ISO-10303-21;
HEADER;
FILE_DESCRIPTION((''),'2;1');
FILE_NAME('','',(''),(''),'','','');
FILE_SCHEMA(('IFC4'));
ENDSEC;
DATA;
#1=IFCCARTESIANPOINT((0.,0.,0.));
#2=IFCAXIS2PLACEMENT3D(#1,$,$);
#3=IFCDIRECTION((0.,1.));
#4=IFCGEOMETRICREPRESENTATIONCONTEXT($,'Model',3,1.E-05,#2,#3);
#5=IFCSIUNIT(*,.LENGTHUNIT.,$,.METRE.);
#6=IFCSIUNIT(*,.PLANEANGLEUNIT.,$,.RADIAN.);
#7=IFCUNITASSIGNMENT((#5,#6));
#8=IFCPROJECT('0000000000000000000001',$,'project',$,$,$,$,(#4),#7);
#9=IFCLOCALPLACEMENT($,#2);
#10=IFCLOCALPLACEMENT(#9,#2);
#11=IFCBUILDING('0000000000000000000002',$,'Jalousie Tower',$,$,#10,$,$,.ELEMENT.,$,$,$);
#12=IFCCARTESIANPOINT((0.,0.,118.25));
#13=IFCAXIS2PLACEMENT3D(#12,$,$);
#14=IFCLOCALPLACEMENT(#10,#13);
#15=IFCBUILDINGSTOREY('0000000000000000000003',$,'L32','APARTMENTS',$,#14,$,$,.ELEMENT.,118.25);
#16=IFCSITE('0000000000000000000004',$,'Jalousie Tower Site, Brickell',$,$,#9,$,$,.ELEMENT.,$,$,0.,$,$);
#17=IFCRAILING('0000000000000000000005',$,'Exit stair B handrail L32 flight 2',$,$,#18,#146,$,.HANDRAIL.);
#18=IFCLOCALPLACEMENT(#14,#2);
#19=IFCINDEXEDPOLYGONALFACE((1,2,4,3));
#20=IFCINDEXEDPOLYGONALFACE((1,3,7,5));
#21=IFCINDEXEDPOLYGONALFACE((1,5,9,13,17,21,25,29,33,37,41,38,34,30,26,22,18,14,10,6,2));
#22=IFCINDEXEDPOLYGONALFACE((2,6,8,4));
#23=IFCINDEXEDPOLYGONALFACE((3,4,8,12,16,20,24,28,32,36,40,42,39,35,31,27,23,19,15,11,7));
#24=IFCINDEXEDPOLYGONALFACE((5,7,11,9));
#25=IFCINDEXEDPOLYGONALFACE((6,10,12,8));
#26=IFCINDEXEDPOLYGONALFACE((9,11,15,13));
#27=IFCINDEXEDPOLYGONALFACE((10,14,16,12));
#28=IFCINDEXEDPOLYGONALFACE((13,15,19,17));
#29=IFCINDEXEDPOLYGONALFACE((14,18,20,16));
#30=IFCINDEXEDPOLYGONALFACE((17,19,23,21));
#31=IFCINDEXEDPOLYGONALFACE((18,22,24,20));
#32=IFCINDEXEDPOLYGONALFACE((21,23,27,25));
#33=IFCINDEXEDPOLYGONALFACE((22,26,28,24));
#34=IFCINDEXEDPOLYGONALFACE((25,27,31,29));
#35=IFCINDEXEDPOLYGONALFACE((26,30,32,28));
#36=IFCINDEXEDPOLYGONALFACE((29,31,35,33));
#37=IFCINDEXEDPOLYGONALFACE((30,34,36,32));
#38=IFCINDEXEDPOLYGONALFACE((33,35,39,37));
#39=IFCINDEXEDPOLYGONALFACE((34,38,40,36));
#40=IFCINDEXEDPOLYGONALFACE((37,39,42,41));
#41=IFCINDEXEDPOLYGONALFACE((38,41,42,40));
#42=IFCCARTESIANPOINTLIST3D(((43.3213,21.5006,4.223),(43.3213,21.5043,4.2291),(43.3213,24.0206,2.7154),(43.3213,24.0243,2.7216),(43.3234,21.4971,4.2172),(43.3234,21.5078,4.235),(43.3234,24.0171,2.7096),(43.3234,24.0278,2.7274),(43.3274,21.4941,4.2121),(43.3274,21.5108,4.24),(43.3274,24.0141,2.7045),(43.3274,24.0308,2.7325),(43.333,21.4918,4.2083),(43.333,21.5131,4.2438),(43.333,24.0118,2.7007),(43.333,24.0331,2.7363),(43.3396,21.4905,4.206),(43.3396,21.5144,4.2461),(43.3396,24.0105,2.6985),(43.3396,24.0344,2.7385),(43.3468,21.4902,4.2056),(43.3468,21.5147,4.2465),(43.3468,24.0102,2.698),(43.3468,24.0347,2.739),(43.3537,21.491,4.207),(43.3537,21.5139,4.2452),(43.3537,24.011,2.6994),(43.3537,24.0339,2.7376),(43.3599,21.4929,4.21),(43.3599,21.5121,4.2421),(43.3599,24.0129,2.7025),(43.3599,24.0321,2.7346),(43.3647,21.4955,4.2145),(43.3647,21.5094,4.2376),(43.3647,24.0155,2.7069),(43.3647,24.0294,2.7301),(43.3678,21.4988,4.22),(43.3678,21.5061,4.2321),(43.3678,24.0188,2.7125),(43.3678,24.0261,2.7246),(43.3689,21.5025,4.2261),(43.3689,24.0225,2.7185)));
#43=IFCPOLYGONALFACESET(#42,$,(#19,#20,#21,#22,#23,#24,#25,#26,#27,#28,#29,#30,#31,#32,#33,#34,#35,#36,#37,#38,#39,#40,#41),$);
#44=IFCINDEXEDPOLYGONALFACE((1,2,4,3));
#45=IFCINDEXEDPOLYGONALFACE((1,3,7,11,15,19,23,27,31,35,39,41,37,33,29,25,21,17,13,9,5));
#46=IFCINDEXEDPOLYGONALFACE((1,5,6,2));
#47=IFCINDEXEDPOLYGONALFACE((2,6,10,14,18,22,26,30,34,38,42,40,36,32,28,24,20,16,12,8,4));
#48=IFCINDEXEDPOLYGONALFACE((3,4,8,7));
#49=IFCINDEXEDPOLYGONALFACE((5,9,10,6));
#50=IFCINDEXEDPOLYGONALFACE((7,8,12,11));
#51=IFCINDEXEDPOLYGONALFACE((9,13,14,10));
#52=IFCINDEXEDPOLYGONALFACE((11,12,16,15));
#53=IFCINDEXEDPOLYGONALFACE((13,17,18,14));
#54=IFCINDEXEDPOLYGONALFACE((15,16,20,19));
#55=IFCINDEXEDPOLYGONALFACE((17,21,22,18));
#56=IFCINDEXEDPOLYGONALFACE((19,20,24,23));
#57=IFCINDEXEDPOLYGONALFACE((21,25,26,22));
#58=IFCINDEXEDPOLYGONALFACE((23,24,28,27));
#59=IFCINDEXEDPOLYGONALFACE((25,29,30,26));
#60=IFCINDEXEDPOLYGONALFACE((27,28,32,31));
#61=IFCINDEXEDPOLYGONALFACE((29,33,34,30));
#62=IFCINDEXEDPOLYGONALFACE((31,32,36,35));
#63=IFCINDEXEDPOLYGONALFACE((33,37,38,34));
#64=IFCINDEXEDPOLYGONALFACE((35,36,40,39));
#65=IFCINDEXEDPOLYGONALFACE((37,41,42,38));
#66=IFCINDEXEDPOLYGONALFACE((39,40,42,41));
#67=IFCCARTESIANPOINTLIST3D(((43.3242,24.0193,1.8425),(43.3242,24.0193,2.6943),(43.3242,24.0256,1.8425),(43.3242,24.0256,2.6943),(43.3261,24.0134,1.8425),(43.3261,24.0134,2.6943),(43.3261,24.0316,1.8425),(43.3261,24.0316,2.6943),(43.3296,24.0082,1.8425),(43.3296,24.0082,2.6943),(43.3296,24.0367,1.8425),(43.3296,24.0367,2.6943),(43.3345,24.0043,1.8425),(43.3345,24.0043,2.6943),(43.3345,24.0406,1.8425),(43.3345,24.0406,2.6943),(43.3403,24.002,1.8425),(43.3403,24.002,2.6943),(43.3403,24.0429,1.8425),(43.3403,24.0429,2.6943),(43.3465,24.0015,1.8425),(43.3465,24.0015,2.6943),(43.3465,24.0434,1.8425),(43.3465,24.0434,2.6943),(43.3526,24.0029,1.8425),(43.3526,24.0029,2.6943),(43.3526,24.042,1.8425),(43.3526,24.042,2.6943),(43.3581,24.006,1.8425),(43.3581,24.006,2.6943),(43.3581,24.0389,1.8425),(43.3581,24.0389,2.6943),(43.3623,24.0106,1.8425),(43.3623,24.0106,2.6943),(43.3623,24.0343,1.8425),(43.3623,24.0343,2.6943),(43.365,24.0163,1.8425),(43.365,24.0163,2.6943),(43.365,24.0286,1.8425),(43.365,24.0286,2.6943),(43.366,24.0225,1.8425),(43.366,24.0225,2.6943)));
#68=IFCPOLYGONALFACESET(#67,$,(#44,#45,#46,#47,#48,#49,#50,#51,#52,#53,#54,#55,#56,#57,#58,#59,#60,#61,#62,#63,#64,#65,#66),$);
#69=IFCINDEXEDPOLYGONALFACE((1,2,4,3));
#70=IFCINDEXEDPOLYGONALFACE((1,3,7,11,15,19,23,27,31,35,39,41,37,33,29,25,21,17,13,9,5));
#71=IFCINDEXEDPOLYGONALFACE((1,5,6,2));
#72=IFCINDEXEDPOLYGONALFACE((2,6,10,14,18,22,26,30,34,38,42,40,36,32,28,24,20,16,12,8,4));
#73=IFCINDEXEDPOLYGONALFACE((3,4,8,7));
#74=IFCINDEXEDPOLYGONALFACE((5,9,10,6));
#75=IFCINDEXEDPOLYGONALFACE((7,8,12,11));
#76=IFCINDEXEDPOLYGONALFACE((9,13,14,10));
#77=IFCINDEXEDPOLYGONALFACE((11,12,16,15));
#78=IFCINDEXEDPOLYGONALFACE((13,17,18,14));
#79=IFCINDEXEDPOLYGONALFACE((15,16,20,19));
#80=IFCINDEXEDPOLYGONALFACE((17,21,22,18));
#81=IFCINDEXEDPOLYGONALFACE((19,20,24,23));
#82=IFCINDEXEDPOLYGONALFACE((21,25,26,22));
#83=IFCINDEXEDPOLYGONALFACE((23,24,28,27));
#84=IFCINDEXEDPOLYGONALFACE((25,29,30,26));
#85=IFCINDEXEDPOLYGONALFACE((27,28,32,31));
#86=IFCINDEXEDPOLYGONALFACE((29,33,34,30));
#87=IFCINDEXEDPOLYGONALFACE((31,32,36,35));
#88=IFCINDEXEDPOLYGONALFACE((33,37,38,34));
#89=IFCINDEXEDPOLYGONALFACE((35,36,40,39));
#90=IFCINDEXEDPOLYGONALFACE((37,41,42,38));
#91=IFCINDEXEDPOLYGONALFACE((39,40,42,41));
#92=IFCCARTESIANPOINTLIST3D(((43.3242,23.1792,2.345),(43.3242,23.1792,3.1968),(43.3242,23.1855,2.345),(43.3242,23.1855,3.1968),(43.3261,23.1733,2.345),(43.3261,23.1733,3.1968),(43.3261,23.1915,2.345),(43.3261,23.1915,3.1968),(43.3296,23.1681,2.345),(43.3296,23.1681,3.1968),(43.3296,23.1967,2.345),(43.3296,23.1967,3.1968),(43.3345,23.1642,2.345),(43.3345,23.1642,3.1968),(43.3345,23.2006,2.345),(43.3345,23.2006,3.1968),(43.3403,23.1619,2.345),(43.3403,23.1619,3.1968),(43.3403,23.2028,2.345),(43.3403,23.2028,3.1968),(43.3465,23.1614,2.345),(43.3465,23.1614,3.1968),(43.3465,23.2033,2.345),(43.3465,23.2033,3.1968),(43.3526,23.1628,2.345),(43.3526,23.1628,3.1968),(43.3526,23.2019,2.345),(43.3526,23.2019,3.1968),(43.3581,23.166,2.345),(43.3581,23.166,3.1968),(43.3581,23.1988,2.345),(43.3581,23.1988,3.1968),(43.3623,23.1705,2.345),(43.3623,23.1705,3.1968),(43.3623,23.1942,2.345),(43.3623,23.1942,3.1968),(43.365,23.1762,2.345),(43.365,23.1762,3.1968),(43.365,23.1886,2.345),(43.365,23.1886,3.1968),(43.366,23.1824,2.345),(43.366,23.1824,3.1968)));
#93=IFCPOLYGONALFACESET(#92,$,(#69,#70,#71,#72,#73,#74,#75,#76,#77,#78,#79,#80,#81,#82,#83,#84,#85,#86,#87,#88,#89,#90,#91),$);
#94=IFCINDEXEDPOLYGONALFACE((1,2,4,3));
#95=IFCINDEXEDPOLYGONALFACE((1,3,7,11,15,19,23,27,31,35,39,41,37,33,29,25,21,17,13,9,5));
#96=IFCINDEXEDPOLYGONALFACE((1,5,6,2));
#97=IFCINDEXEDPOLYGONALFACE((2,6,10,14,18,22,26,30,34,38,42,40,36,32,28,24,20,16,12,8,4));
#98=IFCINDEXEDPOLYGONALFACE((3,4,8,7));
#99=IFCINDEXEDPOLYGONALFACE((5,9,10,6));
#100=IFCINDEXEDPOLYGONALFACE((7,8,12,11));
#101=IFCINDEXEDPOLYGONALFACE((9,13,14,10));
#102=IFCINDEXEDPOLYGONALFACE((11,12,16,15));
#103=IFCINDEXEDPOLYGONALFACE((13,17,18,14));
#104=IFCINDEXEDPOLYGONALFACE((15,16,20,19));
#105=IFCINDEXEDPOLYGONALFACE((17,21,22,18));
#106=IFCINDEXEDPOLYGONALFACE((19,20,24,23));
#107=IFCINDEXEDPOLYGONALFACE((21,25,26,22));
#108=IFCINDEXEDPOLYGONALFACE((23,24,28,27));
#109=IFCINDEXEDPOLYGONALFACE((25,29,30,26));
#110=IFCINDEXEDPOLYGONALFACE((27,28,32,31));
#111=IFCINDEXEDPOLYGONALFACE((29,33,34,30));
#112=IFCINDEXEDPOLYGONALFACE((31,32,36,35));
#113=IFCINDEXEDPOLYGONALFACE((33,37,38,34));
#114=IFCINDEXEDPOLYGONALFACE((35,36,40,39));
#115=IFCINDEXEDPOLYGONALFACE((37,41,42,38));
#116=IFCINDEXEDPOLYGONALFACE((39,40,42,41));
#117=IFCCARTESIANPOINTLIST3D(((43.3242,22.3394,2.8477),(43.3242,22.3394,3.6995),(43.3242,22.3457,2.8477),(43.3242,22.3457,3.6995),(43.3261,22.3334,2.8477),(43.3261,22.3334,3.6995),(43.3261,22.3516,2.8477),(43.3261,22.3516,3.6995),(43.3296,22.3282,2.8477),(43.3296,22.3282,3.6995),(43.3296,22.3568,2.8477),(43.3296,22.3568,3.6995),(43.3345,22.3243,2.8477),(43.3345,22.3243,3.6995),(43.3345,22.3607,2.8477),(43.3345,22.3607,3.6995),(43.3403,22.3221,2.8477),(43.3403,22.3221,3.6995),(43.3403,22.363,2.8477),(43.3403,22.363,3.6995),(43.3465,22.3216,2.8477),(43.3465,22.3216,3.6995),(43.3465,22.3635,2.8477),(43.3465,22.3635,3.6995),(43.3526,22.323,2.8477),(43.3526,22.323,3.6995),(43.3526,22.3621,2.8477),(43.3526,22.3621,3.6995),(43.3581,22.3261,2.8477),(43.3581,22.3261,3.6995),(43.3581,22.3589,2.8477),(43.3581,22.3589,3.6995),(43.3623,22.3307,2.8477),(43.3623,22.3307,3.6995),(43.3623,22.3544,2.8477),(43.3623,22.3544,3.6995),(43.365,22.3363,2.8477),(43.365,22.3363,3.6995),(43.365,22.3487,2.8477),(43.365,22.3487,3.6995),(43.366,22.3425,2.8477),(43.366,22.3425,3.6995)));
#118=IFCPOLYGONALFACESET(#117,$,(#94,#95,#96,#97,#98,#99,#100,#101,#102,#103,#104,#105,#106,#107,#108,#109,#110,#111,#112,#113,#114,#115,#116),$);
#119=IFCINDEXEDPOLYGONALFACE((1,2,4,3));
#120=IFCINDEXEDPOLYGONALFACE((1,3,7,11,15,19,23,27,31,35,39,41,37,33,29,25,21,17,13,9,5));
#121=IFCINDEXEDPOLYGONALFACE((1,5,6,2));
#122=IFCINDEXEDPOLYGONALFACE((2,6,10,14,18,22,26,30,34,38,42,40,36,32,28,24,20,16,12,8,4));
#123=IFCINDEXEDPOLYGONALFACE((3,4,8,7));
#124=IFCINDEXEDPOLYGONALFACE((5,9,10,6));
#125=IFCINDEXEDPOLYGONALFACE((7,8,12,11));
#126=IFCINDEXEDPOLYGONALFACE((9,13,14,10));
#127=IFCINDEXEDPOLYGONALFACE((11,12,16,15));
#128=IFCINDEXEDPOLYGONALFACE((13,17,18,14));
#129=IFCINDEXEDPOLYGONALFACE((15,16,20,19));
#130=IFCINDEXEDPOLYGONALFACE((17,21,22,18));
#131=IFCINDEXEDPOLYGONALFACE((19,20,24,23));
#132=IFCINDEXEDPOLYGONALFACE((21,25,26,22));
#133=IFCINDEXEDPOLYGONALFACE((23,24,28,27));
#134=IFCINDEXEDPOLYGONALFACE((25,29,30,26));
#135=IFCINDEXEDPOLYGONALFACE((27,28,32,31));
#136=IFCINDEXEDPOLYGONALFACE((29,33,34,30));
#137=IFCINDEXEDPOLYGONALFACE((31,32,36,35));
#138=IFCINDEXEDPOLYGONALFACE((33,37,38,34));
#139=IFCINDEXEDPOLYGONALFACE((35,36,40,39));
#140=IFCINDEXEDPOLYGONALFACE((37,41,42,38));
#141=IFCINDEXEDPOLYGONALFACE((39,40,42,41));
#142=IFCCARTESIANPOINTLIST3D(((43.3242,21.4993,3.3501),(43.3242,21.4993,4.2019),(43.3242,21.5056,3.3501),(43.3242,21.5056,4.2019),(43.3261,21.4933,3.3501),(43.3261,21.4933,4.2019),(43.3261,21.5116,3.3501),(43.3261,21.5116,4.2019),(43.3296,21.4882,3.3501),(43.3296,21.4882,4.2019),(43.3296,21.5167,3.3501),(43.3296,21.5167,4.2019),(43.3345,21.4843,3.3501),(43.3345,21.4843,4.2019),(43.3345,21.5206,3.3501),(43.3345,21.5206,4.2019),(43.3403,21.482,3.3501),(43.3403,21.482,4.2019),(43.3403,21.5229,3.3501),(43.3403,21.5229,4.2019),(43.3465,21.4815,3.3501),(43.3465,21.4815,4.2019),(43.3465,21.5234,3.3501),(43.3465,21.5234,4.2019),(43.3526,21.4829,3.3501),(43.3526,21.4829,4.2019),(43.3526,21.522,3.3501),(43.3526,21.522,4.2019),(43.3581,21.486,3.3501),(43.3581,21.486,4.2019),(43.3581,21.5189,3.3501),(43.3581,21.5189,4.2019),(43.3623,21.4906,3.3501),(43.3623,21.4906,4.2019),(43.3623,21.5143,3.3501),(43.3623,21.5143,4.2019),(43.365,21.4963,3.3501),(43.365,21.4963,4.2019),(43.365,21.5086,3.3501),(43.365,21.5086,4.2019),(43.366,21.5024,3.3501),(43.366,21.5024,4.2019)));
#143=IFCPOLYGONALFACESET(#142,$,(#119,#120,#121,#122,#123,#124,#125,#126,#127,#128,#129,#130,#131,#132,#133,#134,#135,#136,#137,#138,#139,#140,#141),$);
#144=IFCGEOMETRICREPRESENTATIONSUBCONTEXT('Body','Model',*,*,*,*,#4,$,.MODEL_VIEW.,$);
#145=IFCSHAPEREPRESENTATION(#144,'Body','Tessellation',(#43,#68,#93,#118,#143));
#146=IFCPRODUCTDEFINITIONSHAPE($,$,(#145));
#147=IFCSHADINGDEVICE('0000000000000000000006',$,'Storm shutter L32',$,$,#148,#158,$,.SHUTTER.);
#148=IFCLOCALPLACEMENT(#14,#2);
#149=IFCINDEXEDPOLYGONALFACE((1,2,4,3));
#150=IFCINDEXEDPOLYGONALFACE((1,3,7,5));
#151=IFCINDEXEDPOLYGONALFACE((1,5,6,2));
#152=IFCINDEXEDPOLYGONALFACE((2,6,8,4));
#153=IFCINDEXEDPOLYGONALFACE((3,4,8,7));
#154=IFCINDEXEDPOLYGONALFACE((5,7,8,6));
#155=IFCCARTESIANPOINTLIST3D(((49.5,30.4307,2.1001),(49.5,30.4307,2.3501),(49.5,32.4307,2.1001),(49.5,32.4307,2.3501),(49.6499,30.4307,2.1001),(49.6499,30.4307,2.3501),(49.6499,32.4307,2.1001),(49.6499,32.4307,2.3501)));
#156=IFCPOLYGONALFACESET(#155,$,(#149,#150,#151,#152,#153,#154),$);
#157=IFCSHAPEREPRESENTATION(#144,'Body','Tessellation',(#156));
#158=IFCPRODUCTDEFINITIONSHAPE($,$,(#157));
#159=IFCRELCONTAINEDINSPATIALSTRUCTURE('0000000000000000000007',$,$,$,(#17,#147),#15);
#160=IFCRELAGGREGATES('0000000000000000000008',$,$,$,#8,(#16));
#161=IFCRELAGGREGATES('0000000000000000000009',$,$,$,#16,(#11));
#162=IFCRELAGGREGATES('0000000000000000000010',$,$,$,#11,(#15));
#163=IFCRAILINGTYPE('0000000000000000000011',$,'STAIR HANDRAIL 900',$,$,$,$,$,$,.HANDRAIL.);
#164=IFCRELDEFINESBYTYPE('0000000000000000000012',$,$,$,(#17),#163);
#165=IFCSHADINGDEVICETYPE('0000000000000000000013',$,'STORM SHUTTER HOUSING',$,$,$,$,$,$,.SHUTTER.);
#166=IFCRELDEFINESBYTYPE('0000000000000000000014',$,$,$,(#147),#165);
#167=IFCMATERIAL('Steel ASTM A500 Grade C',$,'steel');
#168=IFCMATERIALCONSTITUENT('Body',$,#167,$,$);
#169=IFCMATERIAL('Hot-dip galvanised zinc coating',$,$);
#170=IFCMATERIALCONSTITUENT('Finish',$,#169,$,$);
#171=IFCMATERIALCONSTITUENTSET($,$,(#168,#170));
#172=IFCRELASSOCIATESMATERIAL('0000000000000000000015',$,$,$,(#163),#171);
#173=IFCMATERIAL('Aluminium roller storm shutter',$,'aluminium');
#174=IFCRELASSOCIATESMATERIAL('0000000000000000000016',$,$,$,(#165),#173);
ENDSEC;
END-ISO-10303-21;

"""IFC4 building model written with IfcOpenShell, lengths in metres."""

from ifc_helpers import new_model, si_unit, direction, frame, origin, origin_2d, place, context, subcontext, project, spatial, rectangle, circle, extrude, material, constituent, constituent_set, type_object, element, save


model = new_model("IFC4")

# Units and contexts
model_context = context("Model", 3, precision=1e-05, world=origin(), true_north=direction((0.0, 1.0)))
body_context = subcontext(model_context, "Body", "Model", "MODEL_VIEW")
ifc_project = project(units=[si_unit("LENGTHUNIT", "METRE"), si_unit("PLANEANGLEUNIT", "RADIAN")], contexts=[model_context])

# Site, building, storey
site_placement = place(None, origin())
site = spatial("IfcSite", under=ifc_project, at=site_placement, Name="Jalousie Tower Site, Brickell", CompositionType="ELEMENT", RefElevation=0.0)
building_placement = place(site_placement, origin())
building = spatial("IfcBuilding", under=site, at=building_placement, Name="Jalousie Tower", CompositionType="ELEMENT")
storey_placement = place(building_placement, frame((0.0, 0.0, 118.25)))
storey = spatial("IfcBuildingStorey", under=building, at=storey_placement, Name="L32", Description="APARTMENTS", CompositionType="ELEMENT", Elevation=118.25)

# Railing
ifc_material_1 = material(Name="Steel ASTM A500 Grade C", Category="steel")
ifc_constituent_1 = constituent(ifc_material_1, Name="Body")
ifc_material_2 = material(Name="Hot-dip galvanised zinc coating")
ifc_constituent_2 = constituent(ifc_material_2, Name="Finish")
ifc_constituent_set_1 = constituent_set(constituents=[ifc_constituent_1, ifc_constituent_2])
railing_type_1 = type_object("IfcRailingType", Name="STAIR HANDRAIL 900", PredefinedType="HANDRAIL", material=ifc_constituent_set_1)
railing_1_placement = place(storey_placement, frame((43.345, 24.0225, 1.8425)))
element("IfcRailing", 1, at=railing_1_placement, inside=storey, type_object=railing_type_1, Name="Exit stair B handrail L32 flight 2", PredefinedType="HANDRAIL", context=body_context, shape_type="SweptSolid", body=[
    extrude(circle(Radius=0.0239, at=origin_2d()), frame((0.0, 0.0, 0.876), z_axis=(0.0, -0.85816, 0.513383), x_axis=(1.0, 0.0, 0.0)), (0.0, 0.0, 1.0), 2.9365),
    extrude(circle(Radius=0.021, at=origin_2d()), origin(), (0.0, 0.0, 1.0), 0.8518),
    extrude(circle(Radius=0.021, at=origin_2d()), frame((0.0, -0.8401, 0.5024)), (0.0, 0.0, 1.0), 0.8518),
    extrude(circle(Radius=0.021, at=origin_2d()), frame((0.0, -1.6799, 1.0051)), (0.0, 0.0, 1.0), 0.8518),
    extrude(circle(Radius=0.021, at=origin_2d()), frame((0.0, -2.52, 1.5076)), (0.0, 0.0, 1.0), 0.8518),
])

# Shading device
ifc_material_3 = material(Name="Aluminium roller storm shutter", Category="aluminium")
shading_device_type = type_object("IfcShadingDeviceType", Name="STORM SHUTTER HOUSING", PredefinedType="SHUTTER", material=ifc_material_3)
shading_device_placement = place(storey_placement, frame((49.575, 31.4307, 2.1001), z_axis=(0.0, 0.0, 1.0), x_axis=(0.0, 1.0, 0.0)))
element("IfcShadingDevice", 2, at=shading_device_placement, inside=storey, type_object=shading_device_type, Name="Storm shutter L32", PredefinedType="SHUTTER", context=body_context, shape_type="SweptSolid", body=[
    extrude(rectangle(XDim=2.0, YDim=0.1499, at=origin_2d()), origin(), (0.0, 0.0, 1.0), 0.25),
])

save(model, "model.ifc")
